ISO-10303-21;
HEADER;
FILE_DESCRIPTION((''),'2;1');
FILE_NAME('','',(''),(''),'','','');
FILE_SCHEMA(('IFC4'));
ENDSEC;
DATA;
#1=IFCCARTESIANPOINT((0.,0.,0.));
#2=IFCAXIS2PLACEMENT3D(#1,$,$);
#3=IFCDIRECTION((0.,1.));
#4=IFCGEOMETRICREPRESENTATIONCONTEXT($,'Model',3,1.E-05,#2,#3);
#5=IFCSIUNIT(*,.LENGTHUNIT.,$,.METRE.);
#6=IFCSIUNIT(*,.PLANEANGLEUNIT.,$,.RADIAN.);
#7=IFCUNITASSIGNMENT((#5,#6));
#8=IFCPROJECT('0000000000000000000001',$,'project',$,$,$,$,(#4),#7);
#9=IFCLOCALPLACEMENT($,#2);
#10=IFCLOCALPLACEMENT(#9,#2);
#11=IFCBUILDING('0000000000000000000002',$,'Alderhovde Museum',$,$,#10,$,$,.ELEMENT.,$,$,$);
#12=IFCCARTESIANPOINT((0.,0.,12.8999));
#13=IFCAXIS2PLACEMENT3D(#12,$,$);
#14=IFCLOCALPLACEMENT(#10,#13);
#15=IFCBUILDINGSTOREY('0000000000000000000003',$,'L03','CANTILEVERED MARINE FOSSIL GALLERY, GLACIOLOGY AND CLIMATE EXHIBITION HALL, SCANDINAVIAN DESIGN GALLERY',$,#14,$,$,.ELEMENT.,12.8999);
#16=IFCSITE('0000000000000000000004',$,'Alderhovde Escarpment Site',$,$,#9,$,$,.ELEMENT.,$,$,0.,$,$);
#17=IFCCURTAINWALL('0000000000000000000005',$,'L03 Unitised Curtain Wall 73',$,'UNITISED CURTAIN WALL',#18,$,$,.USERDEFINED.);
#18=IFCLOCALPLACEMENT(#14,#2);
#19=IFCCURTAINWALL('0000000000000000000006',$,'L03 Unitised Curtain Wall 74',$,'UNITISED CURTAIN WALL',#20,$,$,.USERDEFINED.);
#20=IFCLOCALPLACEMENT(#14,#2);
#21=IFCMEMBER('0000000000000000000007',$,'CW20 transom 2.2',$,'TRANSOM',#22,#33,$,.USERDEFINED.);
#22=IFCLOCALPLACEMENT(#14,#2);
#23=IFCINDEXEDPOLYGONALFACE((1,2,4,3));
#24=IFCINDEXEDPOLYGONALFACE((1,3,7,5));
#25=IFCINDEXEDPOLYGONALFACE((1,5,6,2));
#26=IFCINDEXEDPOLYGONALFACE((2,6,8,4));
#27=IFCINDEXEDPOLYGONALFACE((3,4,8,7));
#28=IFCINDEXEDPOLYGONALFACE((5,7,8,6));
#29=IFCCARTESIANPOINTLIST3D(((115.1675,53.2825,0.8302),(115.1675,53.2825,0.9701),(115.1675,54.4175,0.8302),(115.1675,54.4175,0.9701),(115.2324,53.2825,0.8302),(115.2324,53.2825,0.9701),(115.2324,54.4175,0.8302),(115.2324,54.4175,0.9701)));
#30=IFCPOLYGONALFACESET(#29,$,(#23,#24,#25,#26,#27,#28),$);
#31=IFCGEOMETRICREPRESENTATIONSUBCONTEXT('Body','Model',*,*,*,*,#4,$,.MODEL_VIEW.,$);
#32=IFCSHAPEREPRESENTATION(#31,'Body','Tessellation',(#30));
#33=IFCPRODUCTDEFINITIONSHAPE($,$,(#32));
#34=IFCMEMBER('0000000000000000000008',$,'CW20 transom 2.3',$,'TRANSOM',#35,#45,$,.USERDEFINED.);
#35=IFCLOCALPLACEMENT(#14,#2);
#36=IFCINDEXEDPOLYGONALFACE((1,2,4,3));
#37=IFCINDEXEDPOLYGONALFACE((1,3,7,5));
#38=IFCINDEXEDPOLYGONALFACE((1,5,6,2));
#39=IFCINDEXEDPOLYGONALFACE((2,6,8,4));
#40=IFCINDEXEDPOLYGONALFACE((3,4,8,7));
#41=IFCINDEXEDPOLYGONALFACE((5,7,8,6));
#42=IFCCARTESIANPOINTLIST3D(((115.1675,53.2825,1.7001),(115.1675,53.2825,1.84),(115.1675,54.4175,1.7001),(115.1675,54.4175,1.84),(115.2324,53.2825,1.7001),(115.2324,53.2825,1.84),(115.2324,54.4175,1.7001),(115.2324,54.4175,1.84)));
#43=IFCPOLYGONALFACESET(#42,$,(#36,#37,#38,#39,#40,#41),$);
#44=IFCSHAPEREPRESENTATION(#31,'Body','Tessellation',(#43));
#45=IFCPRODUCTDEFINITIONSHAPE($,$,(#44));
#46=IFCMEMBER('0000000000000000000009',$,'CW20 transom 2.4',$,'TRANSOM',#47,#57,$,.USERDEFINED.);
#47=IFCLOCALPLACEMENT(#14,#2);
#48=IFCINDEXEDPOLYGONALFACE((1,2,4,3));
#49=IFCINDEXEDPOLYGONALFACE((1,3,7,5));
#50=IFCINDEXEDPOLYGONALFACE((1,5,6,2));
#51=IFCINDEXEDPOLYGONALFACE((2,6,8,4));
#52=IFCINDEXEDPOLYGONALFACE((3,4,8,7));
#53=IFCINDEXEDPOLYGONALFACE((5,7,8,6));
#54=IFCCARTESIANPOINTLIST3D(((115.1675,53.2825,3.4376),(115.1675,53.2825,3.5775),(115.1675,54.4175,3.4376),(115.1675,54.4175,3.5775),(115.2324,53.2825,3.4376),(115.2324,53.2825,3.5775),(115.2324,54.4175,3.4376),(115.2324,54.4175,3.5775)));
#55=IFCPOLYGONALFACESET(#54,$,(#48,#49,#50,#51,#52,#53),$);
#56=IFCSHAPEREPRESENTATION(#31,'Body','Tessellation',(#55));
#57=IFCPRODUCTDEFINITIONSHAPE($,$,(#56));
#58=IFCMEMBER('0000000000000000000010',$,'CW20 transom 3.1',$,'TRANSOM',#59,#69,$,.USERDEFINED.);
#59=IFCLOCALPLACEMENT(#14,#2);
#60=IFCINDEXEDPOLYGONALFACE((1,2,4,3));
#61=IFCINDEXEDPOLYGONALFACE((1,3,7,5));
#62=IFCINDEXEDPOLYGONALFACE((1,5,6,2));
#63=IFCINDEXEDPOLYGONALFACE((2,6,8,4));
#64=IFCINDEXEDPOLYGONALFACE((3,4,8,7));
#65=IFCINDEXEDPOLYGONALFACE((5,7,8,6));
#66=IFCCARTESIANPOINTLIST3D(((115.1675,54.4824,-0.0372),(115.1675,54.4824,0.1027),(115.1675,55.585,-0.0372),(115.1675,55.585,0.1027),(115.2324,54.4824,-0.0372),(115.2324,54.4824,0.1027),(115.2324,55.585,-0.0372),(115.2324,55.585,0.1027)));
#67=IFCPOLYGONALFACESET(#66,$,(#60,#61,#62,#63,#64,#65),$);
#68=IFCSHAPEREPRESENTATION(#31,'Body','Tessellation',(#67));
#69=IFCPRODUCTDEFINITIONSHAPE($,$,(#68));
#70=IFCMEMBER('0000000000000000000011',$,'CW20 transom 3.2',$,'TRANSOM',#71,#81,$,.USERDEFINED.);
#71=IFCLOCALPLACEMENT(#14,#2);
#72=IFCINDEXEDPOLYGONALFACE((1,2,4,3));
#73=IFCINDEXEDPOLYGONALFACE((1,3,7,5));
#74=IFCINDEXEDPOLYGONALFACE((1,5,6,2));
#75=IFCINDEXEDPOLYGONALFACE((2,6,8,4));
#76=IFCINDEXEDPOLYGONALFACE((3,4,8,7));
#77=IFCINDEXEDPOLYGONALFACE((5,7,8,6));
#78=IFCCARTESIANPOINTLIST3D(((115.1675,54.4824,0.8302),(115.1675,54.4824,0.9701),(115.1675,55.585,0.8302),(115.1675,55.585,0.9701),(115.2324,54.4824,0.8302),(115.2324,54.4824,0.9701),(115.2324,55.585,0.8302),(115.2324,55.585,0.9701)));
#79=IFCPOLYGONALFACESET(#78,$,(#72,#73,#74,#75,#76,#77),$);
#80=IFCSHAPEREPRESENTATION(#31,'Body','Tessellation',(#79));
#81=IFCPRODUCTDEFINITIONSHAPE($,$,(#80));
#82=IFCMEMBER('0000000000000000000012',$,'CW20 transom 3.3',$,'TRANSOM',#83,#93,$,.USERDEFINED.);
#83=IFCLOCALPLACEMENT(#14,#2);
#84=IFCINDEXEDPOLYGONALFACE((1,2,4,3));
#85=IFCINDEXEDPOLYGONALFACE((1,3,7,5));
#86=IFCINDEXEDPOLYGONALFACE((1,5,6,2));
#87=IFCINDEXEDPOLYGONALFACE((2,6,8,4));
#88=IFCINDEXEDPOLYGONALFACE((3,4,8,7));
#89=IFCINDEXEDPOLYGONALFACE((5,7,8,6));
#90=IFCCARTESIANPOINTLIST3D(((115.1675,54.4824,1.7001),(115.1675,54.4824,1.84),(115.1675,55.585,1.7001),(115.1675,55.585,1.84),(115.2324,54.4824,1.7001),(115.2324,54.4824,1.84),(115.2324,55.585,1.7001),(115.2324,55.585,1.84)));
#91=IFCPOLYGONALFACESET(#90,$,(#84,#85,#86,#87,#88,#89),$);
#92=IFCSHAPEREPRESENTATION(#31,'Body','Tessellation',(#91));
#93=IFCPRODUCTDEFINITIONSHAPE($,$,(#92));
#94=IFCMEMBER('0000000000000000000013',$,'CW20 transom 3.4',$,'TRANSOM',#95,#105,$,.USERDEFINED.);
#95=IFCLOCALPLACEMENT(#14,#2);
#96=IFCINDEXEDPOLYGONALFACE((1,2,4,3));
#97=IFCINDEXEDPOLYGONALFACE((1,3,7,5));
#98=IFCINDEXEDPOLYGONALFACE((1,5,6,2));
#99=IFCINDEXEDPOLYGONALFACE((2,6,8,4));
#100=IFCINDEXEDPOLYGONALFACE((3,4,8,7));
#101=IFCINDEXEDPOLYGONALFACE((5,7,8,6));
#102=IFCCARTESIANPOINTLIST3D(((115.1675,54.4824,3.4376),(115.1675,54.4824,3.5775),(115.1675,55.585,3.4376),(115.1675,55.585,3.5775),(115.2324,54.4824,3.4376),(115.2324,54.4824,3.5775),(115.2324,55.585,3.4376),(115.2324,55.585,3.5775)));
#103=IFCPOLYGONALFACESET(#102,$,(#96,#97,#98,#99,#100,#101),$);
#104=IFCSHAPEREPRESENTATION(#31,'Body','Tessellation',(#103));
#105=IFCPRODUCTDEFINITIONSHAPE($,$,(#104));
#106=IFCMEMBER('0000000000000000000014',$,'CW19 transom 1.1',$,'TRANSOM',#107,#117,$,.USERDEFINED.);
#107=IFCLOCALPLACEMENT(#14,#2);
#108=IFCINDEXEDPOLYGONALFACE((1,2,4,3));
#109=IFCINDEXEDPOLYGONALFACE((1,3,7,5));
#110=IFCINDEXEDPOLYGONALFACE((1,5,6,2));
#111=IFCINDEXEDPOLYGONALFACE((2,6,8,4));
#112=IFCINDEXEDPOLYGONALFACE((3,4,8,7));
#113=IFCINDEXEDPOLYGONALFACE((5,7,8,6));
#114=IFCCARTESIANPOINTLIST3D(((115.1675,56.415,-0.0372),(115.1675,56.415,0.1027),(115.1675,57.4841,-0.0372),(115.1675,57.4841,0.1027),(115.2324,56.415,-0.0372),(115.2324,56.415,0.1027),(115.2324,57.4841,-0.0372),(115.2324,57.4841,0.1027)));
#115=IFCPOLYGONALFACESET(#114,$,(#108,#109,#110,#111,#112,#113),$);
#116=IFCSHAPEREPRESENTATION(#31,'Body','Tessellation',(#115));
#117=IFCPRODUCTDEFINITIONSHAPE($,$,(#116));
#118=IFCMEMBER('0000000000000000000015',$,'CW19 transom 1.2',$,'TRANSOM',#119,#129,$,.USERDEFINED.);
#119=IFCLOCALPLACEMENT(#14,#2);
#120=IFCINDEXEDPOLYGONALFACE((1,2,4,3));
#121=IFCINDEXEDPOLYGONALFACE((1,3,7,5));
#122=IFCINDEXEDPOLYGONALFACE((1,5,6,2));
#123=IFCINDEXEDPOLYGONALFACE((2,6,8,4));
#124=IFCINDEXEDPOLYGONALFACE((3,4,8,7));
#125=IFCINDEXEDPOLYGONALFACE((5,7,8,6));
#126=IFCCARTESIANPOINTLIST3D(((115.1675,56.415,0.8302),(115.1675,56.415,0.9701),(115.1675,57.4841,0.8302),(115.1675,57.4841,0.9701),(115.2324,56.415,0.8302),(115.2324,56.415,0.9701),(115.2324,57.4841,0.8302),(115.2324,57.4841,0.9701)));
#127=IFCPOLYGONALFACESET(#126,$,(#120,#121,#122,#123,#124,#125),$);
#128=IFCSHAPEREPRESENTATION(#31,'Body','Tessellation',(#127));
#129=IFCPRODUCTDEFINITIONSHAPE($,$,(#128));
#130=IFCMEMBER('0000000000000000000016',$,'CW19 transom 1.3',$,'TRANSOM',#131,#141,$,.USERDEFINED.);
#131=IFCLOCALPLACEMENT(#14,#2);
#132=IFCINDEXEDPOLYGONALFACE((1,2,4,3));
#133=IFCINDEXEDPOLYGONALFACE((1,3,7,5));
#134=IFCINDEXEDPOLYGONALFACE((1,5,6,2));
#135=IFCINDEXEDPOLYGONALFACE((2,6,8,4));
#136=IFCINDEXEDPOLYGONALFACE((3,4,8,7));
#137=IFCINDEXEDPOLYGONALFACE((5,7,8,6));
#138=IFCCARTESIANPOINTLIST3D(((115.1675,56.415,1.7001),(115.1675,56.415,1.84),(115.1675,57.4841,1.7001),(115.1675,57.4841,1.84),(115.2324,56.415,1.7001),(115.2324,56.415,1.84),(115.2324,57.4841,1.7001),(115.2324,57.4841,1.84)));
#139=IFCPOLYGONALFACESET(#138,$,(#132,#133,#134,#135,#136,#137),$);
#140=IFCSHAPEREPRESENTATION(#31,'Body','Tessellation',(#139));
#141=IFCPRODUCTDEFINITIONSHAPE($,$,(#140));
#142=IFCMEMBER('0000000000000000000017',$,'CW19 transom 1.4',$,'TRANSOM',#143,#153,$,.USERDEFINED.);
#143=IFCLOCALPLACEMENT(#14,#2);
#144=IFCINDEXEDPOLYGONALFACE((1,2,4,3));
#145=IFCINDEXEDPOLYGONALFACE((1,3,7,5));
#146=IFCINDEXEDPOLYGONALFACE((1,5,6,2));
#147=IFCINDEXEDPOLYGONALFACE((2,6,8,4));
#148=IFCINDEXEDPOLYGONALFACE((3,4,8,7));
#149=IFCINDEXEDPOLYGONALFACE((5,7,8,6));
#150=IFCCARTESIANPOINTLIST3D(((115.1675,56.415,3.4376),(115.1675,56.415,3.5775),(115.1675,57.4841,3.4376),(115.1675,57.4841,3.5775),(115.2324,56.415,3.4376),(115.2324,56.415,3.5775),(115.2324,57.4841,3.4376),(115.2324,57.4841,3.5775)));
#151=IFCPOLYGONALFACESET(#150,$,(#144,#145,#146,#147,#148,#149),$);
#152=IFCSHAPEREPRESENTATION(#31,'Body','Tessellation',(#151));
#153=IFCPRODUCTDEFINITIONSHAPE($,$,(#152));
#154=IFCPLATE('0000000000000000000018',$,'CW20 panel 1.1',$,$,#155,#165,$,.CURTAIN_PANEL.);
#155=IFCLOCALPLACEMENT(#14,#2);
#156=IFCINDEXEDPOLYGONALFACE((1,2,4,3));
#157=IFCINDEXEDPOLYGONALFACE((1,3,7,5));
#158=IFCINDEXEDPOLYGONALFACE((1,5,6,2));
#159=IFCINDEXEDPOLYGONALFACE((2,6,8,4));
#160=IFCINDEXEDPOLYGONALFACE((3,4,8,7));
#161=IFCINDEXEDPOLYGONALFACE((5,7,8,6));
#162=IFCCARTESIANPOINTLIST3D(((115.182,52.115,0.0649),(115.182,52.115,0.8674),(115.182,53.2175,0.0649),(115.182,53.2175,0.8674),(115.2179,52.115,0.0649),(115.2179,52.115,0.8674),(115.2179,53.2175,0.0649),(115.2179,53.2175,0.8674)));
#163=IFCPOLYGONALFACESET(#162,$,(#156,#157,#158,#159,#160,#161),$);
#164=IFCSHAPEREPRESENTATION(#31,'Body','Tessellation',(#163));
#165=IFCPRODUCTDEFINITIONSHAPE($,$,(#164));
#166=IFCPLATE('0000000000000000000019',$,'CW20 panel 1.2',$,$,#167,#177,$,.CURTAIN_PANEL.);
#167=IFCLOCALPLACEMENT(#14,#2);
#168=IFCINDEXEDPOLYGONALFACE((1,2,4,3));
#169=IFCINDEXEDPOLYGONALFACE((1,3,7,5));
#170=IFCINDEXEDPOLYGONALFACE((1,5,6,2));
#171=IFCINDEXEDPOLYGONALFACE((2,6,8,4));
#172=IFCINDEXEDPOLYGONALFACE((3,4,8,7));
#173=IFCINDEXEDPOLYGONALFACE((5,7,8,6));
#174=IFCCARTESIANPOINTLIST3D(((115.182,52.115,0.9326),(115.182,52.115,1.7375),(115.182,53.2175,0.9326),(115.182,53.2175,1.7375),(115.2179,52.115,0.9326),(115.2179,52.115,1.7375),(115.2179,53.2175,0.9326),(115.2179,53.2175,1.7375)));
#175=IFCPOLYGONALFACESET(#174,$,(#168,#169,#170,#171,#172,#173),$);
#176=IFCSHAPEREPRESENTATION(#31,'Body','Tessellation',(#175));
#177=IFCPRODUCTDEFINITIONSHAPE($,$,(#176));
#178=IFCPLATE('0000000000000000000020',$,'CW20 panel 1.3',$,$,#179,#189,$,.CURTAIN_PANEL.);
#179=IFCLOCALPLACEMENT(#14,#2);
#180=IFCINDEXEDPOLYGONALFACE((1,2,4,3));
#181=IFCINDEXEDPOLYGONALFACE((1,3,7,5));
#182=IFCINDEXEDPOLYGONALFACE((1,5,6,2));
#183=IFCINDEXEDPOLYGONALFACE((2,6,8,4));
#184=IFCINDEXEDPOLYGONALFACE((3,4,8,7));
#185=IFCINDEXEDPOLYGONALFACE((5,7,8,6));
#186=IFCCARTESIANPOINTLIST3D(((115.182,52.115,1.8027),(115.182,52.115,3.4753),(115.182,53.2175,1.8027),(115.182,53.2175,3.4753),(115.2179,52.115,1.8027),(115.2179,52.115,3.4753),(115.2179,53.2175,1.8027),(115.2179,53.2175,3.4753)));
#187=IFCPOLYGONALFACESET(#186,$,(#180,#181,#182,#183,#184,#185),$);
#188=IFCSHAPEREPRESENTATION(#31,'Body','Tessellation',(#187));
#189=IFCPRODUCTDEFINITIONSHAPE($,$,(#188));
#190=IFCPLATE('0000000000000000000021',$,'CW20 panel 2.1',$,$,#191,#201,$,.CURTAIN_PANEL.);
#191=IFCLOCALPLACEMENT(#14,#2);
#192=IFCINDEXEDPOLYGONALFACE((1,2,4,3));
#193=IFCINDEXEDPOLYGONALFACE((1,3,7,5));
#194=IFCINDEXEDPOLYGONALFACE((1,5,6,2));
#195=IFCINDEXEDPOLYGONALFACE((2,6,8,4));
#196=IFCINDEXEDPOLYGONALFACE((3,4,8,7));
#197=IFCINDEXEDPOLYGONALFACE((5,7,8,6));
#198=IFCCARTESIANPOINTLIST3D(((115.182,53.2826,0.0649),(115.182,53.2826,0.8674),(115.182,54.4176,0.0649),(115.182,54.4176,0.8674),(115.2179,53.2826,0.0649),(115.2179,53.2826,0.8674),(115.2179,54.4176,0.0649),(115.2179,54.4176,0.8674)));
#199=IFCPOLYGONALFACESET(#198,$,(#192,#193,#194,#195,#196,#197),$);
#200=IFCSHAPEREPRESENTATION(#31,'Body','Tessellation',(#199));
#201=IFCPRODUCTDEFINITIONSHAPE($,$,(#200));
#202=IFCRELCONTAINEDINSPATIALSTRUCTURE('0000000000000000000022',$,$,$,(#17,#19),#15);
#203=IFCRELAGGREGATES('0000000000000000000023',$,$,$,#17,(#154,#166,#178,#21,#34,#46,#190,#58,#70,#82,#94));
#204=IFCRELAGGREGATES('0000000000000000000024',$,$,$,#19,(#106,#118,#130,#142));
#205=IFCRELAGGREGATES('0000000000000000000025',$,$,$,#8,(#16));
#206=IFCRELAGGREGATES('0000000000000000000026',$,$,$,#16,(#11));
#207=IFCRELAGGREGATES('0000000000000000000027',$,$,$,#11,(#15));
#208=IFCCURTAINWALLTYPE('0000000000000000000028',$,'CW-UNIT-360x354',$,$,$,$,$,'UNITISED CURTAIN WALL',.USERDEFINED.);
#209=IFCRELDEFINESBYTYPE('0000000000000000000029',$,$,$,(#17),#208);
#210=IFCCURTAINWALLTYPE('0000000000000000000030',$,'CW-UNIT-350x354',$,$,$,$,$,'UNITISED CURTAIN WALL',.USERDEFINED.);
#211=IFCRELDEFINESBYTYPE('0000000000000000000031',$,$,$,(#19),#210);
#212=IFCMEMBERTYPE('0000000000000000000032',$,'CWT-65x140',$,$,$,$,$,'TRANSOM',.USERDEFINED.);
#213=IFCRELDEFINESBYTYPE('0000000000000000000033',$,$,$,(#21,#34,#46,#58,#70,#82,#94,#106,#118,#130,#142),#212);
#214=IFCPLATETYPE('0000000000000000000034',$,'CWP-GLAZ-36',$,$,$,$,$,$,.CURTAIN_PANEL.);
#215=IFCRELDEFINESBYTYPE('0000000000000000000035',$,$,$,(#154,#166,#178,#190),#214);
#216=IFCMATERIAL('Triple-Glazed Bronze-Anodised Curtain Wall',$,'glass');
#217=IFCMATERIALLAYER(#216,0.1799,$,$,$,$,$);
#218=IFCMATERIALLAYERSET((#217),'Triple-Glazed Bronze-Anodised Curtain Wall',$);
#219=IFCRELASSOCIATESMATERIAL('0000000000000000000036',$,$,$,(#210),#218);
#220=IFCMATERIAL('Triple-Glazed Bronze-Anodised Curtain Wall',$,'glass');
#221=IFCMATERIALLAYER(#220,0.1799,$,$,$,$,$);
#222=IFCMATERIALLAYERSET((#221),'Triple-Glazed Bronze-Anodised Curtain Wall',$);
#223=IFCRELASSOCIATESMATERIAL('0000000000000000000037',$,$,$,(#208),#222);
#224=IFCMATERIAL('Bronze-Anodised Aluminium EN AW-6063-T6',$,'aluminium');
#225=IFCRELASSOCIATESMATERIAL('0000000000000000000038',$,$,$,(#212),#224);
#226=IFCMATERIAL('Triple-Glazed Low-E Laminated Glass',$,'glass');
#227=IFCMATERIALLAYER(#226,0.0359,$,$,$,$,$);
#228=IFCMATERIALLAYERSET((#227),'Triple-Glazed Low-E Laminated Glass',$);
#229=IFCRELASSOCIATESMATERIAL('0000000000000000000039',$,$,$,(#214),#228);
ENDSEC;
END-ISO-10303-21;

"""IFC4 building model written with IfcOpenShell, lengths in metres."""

from ifc_helpers import new_model, si_unit, direction, frame, origin, origin_2d, place, context, subcontext, project, spatial, rectangle, extrude, material, layer, layer_set, material_profile, profile_set, type_object, element, aggregate, save


model = new_model("IFC4")

# Units and contexts
model_context = context("Model", 3, precision=1e-05, world=origin(), true_north=direction((0.0, 1.0)))
body_context = subcontext(model_context, "Body", "Model", "MODEL_VIEW")
ifc_project = project(units=[si_unit("LENGTHUNIT", "METRE"), si_unit("PLANEANGLEUNIT", "RADIAN")], contexts=[model_context])

# Site, building, storey
site_placement = place(None, origin())
site = spatial("IfcSite", under=ifc_project, at=site_placement, Name="Alderhovde Escarpment Site", CompositionType="ELEMENT", RefElevation=0.0)
building_placement = place(site_placement, origin())
building = spatial("IfcBuilding", under=site, at=building_placement, Name="Alderhovde Museum", CompositionType="ELEMENT")
storey_placement = place(building_placement, frame((0.0, 0.0, 12.8999)))
storey = spatial("IfcBuildingStorey", under=building, at=storey_placement, Name="L03", Description="CANTILEVERED MARINE FOSSIL GALLERY, GLACIOLOGY AND CLIMATE EXHIBITION HALL, SCANDINAVIAN DESIGN GALLERY", CompositionType="ELEMENT", Elevation=12.8999)

# Shared definitions
ifc_material_1 = material(Name="Triple-Glazed Bronze-Anodised Curtain Wall", Category="glass")
ifc_layer_1 = layer(ifc_material_1, 0.1799)
ifc_layer_set_1 = layer_set([ifc_layer_1], Name="Triple-Glazed Bronze-Anodised Curtain Wall")
curtain_wall_type_1 = type_object("IfcCurtainWallType", Name="CW-UNIT-350x354", ElementType="UNITISED CURTAIN WALL", PredefinedType="USERDEFINED", material=ifc_layer_set_1)

# Curtain wall
ifc_material_2 = material(Name="Triple-Glazed Bronze-Anodised Curtain Wall", Category="glass")
ifc_layer_2 = layer(ifc_material_2, 0.1799)
ifc_layer_set_2 = layer_set([ifc_layer_2], Name="Triple-Glazed Bronze-Anodised Curtain Wall")
curtain_wall_type_2 = type_object("IfcCurtainWallType", Name="CW-UNIT-360x354", ElementType="UNITISED CURTAIN WALL", PredefinedType="USERDEFINED", material=ifc_layer_set_2)
curtain_wall_1_placement = place(storey_placement, origin())
curtain_wall_1 = element("IfcCurtainWall", 1, at=curtain_wall_1_placement, inside=storey, type_object=curtain_wall_type_2, Name="L03 Unitised Curtain Wall 73", ObjectType="UNITISED CURTAIN WALL", PredefinedType="USERDEFINED")

# Curtain wall
curtain_wall_2_placement = place(storey_placement, origin())
curtain_wall_2 = element("IfcCurtainWall", 2, at=curtain_wall_2_placement, inside=storey, type_object=curtain_wall_type_1, Name="L03 Unitised Curtain Wall 74", ObjectType="UNITISED CURTAIN WALL", PredefinedType="USERDEFINED")

# Members
ifc_material_3 = material(Name="Bronze-Anodised Aluminium EN AW-6063-T6", Category="aluminium")
ifc_material_profile_1 = material_profile(ifc_material_3, rectangle(XDim=0.0649, YDim=0.1399, at=origin_2d()), Name="TRANSOM 65x140")
ifc_profile_set_1 = profile_set([ifc_material_profile_1], Name="Bronze-Anodised Aluminium EN AW-6063-T6")
member_type_1 = type_object("IfcMemberType", Name="CWT-65x140", ElementType="TRANSOM", PredefinedType="USERDEFINED", material=ifc_profile_set_1)
member_1_placement = place(storey_placement, frame((115.2, 53.2825, 0.9001), z_axis=(0.0, 1.0, 0.0), x_axis=(-1.0, 0.0, 0.0)))
member_1 = element("IfcMember", 3, at=member_1_placement, type_object=member_type_1, Name="CW20 transom 2.2", ObjectType="TRANSOM", PredefinedType="USERDEFINED", context=body_context, shape_type="SweptSolid", body=[
    extrude(rectangle(XDim=0.0649, YDim=0.1399, at=origin_2d()), origin(), (0.0, 0.0, 1.0), 1.135),
])
member_2_placement = place(storey_placement, frame((115.2, 53.2825, 1.77), z_axis=(0.0, 1.0, 0.0), x_axis=(-1.0, 0.0, 0.0)))
member_2 = element("IfcMember", 4, at=member_2_placement, type_object=member_type_1, Name="CW20 transom 2.3", ObjectType="TRANSOM", PredefinedType="USERDEFINED", context=body_context, shape_type="SweptSolid", body=[
    extrude(rectangle(XDim=0.0649, YDim=0.1399, at=origin_2d()), origin(), (0.0, 0.0, 1.0), 1.135),
])
member_3_placement = place(storey_placement, frame((115.2, 53.2825, 3.5076), z_axis=(0.0, 1.0, 0.0), x_axis=(-1.0, 0.0, 0.0)))
member_3 = element("IfcMember", 5, at=member_3_placement, type_object=member_type_1, Name="CW20 transom 2.4", ObjectType="TRANSOM", PredefinedType="USERDEFINED", context=body_context, shape_type="SweptSolid", body=[
    extrude(rectangle(XDim=0.0649, YDim=0.1399, at=origin_2d()), origin(), (0.0, 0.0, 1.0), 1.135),
])
member_4_placement = place(storey_placement, frame((115.2, 54.4824, 0.0327), z_axis=(0.0, 1.0, 0.0), x_axis=(-1.0, 0.0, 0.0)))
member_4 = element("IfcMember", 6, at=member_4_placement, type_object=member_type_1, Name="CW20 transom 3.1", ObjectType="TRANSOM", PredefinedType="USERDEFINED", context=body_context, shape_type="SweptSolid", body=[
    extrude(rectangle(XDim=0.0649, YDim=0.1399, at=origin_2d()), origin(), (0.0, 0.0, 1.0), 1.1025),
])
member_5_placement = place(storey_placement, frame((115.2, 54.4824, 0.9001), z_axis=(0.0, 1.0, 0.0), x_axis=(-1.0, 0.0, 0.0)))
member_5 = element("IfcMember", 7, at=member_5_placement, type_object=member_type_1, Name="CW20 transom 3.2", ObjectType="TRANSOM", PredefinedType="USERDEFINED", context=body_context, shape_type="SweptSolid", body=[
    extrude(rectangle(XDim=0.0649, YDim=0.1399, at=origin_2d()), origin(), (0.0, 0.0, 1.0), 1.1025),
])
member_6_placement = place(storey_placement, frame((115.2, 54.4824, 1.77), z_axis=(0.0, 1.0, 0.0), x_axis=(-1.0, 0.0, 0.0)))
member_6 = element("IfcMember", 8, at=member_6_placement, type_object=member_type_1, Name="CW20 transom 3.3", ObjectType="TRANSOM", PredefinedType="USERDEFINED", context=body_context, shape_type="SweptSolid", body=[
    extrude(rectangle(XDim=0.0649, YDim=0.1399, at=origin_2d()), origin(), (0.0, 0.0, 1.0), 1.1025),
])
member_7_placement = place(storey_placement, frame((115.2, 54.4824, 3.5076), z_axis=(0.0, 1.0, 0.0), x_axis=(-1.0, 0.0, 0.0)))
member_7 = element("IfcMember", 9, at=member_7_placement, type_object=member_type_1, Name="CW20 transom 3.4", ObjectType="TRANSOM", PredefinedType="USERDEFINED", context=body_context, shape_type="SweptSolid", body=[
    extrude(rectangle(XDim=0.0649, YDim=0.1399, at=origin_2d()), origin(), (0.0, 0.0, 1.0), 1.1025),
])
member_8_placement = place(storey_placement, frame((115.2, 56.415, 0.0327), z_axis=(0.0, 1.0, 0.0), x_axis=(-1.0, 0.0, 0.0)))
member_8 = element("IfcMember", 10, at=member_8_placement, type_object=member_type_1, Name="CW19 transom 1.1", ObjectType="TRANSOM", PredefinedType="USERDEFINED", context=body_context, shape_type="SweptSolid", body=[
    extrude(rectangle(XDim=0.0649, YDim=0.1399, at=origin_2d()), origin(), (0.0, 0.0, 1.0), 1.0691),
])
member_9_placement = place(storey_placement, frame((115.2, 56.415, 0.9001), z_axis=(0.0, 1.0, 0.0), x_axis=(-1.0, 0.0, 0.0)))
member_9 = element("IfcMember", 11, at=member_9_placement, type_object=member_type_1, Name="CW19 transom 1.2", ObjectType="TRANSOM", PredefinedType="USERDEFINED", context=body_context, shape_type="SweptSolid", body=[
    extrude(rectangle(XDim=0.0649, YDim=0.1399, at=origin_2d()), origin(), (0.0, 0.0, 1.0), 1.0691),
])
member_10_placement = place(storey_placement, frame((115.2, 56.415, 1.77), z_axis=(0.0, 1.0, 0.0), x_axis=(-1.0, 0.0, 0.0)))
member_10 = element("IfcMember", 12, at=member_10_placement, type_object=member_type_1, Name="CW19 transom 1.3", ObjectType="TRANSOM", PredefinedType="USERDEFINED", context=body_context, shape_type="SweptSolid", body=[
    extrude(rectangle(XDim=0.0649, YDim=0.1399, at=origin_2d()), origin(), (0.0, 0.0, 1.0), 1.0691),
])
member_11_placement = place(storey_placement, frame((115.2, 56.415, 3.5076), z_axis=(0.0, 1.0, 0.0), x_axis=(-1.0, 0.0, 0.0)))
member_11 = element("IfcMember", 13, at=member_11_placement, type_object=member_type_1, Name="CW19 transom 1.4", ObjectType="TRANSOM", PredefinedType="USERDEFINED", context=body_context, shape_type="SweptSolid", body=[
    extrude(rectangle(XDim=0.0649, YDim=0.1399, at=origin_2d()), origin(), (0.0, 0.0, 1.0), 1.0691),
])

# Plates
ifc_material_4 = material(Name="Triple-Glazed Low-E Laminated Glass", Category="glass")
ifc_layer_3 = layer(ifc_material_4, 0.0359)
ifc_layer_set_3 = layer_set([ifc_layer_3], Name="Triple-Glazed Low-E Laminated Glass")
plate_type_1 = type_object("IfcPlateType", Name="CWP-GLAZ-36", PredefinedType="CURTAIN_PANEL", material=ifc_layer_set_3)
plate_1_placement = place(storey_placement, frame((115.2, 52.6663, 0.0649), z_axis=(0.0, 0.0, 1.0), x_axis=(0.0, 1.0, 0.0)))
plate_1 = element("IfcPlate", 14, at=plate_1_placement, type_object=plate_type_1, Name="CW20 panel 1.1", PredefinedType="CURTAIN_PANEL", context=body_context, shape_type="SweptSolid", body=[
    extrude(rectangle(XDim=1.1025, YDim=0.0359, at=origin_2d()), origin(), (0.0, 0.0, 1.0), 0.8025),
])
plate_2_placement = place(storey_placement, frame((115.2, 52.6663, 0.9326), z_axis=(0.0, 0.0, 1.0), x_axis=(0.0, 1.0, 0.0)))
plate_2 = element("IfcPlate", 15, at=plate_2_placement, type_object=plate_type_1, Name="CW20 panel 1.2", PredefinedType="CURTAIN_PANEL", context=body_context, shape_type="SweptSolid", body=[
    extrude(rectangle(XDim=1.1025, YDim=0.0359, at=origin_2d()), origin(), (0.0, 0.0, 1.0), 0.8049),
])
plate_3_placement = place(storey_placement, frame((115.2, 52.6663, 1.8027), z_axis=(0.0, 0.0, 1.0), x_axis=(0.0, 1.0, 0.0)))
plate_3 = element("IfcPlate", 16, at=plate_3_placement, type_object=plate_type_1, Name="CW20 panel 1.3", PredefinedType="CURTAIN_PANEL", context=body_context, shape_type="SweptSolid", body=[
    extrude(rectangle(XDim=1.1025, YDim=0.0359, at=origin_2d()), origin(), (0.0, 0.0, 1.0), 1.6726),
])
plate_4_placement = place(storey_placement, frame((115.2, 53.8501, 0.0649), z_axis=(0.0, 0.0, 1.0), x_axis=(0.0, 1.0, 0.0)))
plate_4 = element("IfcPlate", 17, at=plate_4_placement, type_object=plate_type_1, Name="CW20 panel 2.1", PredefinedType="CURTAIN_PANEL", context=body_context, shape_type="SweptSolid", body=[
    extrude(rectangle(XDim=1.135, YDim=0.0359, at=origin_2d()), origin(), (0.0, 0.0, 1.0), 0.8025),
])
aggregate(curtain_wall_1, [plate_1, plate_2, plate_3, member_1, member_2, member_3, plate_4, member_4, member_5, member_6, member_7])
aggregate(curtain_wall_2, [member_8, member_9, member_10, member_11])

save(model, "model.ifc")
